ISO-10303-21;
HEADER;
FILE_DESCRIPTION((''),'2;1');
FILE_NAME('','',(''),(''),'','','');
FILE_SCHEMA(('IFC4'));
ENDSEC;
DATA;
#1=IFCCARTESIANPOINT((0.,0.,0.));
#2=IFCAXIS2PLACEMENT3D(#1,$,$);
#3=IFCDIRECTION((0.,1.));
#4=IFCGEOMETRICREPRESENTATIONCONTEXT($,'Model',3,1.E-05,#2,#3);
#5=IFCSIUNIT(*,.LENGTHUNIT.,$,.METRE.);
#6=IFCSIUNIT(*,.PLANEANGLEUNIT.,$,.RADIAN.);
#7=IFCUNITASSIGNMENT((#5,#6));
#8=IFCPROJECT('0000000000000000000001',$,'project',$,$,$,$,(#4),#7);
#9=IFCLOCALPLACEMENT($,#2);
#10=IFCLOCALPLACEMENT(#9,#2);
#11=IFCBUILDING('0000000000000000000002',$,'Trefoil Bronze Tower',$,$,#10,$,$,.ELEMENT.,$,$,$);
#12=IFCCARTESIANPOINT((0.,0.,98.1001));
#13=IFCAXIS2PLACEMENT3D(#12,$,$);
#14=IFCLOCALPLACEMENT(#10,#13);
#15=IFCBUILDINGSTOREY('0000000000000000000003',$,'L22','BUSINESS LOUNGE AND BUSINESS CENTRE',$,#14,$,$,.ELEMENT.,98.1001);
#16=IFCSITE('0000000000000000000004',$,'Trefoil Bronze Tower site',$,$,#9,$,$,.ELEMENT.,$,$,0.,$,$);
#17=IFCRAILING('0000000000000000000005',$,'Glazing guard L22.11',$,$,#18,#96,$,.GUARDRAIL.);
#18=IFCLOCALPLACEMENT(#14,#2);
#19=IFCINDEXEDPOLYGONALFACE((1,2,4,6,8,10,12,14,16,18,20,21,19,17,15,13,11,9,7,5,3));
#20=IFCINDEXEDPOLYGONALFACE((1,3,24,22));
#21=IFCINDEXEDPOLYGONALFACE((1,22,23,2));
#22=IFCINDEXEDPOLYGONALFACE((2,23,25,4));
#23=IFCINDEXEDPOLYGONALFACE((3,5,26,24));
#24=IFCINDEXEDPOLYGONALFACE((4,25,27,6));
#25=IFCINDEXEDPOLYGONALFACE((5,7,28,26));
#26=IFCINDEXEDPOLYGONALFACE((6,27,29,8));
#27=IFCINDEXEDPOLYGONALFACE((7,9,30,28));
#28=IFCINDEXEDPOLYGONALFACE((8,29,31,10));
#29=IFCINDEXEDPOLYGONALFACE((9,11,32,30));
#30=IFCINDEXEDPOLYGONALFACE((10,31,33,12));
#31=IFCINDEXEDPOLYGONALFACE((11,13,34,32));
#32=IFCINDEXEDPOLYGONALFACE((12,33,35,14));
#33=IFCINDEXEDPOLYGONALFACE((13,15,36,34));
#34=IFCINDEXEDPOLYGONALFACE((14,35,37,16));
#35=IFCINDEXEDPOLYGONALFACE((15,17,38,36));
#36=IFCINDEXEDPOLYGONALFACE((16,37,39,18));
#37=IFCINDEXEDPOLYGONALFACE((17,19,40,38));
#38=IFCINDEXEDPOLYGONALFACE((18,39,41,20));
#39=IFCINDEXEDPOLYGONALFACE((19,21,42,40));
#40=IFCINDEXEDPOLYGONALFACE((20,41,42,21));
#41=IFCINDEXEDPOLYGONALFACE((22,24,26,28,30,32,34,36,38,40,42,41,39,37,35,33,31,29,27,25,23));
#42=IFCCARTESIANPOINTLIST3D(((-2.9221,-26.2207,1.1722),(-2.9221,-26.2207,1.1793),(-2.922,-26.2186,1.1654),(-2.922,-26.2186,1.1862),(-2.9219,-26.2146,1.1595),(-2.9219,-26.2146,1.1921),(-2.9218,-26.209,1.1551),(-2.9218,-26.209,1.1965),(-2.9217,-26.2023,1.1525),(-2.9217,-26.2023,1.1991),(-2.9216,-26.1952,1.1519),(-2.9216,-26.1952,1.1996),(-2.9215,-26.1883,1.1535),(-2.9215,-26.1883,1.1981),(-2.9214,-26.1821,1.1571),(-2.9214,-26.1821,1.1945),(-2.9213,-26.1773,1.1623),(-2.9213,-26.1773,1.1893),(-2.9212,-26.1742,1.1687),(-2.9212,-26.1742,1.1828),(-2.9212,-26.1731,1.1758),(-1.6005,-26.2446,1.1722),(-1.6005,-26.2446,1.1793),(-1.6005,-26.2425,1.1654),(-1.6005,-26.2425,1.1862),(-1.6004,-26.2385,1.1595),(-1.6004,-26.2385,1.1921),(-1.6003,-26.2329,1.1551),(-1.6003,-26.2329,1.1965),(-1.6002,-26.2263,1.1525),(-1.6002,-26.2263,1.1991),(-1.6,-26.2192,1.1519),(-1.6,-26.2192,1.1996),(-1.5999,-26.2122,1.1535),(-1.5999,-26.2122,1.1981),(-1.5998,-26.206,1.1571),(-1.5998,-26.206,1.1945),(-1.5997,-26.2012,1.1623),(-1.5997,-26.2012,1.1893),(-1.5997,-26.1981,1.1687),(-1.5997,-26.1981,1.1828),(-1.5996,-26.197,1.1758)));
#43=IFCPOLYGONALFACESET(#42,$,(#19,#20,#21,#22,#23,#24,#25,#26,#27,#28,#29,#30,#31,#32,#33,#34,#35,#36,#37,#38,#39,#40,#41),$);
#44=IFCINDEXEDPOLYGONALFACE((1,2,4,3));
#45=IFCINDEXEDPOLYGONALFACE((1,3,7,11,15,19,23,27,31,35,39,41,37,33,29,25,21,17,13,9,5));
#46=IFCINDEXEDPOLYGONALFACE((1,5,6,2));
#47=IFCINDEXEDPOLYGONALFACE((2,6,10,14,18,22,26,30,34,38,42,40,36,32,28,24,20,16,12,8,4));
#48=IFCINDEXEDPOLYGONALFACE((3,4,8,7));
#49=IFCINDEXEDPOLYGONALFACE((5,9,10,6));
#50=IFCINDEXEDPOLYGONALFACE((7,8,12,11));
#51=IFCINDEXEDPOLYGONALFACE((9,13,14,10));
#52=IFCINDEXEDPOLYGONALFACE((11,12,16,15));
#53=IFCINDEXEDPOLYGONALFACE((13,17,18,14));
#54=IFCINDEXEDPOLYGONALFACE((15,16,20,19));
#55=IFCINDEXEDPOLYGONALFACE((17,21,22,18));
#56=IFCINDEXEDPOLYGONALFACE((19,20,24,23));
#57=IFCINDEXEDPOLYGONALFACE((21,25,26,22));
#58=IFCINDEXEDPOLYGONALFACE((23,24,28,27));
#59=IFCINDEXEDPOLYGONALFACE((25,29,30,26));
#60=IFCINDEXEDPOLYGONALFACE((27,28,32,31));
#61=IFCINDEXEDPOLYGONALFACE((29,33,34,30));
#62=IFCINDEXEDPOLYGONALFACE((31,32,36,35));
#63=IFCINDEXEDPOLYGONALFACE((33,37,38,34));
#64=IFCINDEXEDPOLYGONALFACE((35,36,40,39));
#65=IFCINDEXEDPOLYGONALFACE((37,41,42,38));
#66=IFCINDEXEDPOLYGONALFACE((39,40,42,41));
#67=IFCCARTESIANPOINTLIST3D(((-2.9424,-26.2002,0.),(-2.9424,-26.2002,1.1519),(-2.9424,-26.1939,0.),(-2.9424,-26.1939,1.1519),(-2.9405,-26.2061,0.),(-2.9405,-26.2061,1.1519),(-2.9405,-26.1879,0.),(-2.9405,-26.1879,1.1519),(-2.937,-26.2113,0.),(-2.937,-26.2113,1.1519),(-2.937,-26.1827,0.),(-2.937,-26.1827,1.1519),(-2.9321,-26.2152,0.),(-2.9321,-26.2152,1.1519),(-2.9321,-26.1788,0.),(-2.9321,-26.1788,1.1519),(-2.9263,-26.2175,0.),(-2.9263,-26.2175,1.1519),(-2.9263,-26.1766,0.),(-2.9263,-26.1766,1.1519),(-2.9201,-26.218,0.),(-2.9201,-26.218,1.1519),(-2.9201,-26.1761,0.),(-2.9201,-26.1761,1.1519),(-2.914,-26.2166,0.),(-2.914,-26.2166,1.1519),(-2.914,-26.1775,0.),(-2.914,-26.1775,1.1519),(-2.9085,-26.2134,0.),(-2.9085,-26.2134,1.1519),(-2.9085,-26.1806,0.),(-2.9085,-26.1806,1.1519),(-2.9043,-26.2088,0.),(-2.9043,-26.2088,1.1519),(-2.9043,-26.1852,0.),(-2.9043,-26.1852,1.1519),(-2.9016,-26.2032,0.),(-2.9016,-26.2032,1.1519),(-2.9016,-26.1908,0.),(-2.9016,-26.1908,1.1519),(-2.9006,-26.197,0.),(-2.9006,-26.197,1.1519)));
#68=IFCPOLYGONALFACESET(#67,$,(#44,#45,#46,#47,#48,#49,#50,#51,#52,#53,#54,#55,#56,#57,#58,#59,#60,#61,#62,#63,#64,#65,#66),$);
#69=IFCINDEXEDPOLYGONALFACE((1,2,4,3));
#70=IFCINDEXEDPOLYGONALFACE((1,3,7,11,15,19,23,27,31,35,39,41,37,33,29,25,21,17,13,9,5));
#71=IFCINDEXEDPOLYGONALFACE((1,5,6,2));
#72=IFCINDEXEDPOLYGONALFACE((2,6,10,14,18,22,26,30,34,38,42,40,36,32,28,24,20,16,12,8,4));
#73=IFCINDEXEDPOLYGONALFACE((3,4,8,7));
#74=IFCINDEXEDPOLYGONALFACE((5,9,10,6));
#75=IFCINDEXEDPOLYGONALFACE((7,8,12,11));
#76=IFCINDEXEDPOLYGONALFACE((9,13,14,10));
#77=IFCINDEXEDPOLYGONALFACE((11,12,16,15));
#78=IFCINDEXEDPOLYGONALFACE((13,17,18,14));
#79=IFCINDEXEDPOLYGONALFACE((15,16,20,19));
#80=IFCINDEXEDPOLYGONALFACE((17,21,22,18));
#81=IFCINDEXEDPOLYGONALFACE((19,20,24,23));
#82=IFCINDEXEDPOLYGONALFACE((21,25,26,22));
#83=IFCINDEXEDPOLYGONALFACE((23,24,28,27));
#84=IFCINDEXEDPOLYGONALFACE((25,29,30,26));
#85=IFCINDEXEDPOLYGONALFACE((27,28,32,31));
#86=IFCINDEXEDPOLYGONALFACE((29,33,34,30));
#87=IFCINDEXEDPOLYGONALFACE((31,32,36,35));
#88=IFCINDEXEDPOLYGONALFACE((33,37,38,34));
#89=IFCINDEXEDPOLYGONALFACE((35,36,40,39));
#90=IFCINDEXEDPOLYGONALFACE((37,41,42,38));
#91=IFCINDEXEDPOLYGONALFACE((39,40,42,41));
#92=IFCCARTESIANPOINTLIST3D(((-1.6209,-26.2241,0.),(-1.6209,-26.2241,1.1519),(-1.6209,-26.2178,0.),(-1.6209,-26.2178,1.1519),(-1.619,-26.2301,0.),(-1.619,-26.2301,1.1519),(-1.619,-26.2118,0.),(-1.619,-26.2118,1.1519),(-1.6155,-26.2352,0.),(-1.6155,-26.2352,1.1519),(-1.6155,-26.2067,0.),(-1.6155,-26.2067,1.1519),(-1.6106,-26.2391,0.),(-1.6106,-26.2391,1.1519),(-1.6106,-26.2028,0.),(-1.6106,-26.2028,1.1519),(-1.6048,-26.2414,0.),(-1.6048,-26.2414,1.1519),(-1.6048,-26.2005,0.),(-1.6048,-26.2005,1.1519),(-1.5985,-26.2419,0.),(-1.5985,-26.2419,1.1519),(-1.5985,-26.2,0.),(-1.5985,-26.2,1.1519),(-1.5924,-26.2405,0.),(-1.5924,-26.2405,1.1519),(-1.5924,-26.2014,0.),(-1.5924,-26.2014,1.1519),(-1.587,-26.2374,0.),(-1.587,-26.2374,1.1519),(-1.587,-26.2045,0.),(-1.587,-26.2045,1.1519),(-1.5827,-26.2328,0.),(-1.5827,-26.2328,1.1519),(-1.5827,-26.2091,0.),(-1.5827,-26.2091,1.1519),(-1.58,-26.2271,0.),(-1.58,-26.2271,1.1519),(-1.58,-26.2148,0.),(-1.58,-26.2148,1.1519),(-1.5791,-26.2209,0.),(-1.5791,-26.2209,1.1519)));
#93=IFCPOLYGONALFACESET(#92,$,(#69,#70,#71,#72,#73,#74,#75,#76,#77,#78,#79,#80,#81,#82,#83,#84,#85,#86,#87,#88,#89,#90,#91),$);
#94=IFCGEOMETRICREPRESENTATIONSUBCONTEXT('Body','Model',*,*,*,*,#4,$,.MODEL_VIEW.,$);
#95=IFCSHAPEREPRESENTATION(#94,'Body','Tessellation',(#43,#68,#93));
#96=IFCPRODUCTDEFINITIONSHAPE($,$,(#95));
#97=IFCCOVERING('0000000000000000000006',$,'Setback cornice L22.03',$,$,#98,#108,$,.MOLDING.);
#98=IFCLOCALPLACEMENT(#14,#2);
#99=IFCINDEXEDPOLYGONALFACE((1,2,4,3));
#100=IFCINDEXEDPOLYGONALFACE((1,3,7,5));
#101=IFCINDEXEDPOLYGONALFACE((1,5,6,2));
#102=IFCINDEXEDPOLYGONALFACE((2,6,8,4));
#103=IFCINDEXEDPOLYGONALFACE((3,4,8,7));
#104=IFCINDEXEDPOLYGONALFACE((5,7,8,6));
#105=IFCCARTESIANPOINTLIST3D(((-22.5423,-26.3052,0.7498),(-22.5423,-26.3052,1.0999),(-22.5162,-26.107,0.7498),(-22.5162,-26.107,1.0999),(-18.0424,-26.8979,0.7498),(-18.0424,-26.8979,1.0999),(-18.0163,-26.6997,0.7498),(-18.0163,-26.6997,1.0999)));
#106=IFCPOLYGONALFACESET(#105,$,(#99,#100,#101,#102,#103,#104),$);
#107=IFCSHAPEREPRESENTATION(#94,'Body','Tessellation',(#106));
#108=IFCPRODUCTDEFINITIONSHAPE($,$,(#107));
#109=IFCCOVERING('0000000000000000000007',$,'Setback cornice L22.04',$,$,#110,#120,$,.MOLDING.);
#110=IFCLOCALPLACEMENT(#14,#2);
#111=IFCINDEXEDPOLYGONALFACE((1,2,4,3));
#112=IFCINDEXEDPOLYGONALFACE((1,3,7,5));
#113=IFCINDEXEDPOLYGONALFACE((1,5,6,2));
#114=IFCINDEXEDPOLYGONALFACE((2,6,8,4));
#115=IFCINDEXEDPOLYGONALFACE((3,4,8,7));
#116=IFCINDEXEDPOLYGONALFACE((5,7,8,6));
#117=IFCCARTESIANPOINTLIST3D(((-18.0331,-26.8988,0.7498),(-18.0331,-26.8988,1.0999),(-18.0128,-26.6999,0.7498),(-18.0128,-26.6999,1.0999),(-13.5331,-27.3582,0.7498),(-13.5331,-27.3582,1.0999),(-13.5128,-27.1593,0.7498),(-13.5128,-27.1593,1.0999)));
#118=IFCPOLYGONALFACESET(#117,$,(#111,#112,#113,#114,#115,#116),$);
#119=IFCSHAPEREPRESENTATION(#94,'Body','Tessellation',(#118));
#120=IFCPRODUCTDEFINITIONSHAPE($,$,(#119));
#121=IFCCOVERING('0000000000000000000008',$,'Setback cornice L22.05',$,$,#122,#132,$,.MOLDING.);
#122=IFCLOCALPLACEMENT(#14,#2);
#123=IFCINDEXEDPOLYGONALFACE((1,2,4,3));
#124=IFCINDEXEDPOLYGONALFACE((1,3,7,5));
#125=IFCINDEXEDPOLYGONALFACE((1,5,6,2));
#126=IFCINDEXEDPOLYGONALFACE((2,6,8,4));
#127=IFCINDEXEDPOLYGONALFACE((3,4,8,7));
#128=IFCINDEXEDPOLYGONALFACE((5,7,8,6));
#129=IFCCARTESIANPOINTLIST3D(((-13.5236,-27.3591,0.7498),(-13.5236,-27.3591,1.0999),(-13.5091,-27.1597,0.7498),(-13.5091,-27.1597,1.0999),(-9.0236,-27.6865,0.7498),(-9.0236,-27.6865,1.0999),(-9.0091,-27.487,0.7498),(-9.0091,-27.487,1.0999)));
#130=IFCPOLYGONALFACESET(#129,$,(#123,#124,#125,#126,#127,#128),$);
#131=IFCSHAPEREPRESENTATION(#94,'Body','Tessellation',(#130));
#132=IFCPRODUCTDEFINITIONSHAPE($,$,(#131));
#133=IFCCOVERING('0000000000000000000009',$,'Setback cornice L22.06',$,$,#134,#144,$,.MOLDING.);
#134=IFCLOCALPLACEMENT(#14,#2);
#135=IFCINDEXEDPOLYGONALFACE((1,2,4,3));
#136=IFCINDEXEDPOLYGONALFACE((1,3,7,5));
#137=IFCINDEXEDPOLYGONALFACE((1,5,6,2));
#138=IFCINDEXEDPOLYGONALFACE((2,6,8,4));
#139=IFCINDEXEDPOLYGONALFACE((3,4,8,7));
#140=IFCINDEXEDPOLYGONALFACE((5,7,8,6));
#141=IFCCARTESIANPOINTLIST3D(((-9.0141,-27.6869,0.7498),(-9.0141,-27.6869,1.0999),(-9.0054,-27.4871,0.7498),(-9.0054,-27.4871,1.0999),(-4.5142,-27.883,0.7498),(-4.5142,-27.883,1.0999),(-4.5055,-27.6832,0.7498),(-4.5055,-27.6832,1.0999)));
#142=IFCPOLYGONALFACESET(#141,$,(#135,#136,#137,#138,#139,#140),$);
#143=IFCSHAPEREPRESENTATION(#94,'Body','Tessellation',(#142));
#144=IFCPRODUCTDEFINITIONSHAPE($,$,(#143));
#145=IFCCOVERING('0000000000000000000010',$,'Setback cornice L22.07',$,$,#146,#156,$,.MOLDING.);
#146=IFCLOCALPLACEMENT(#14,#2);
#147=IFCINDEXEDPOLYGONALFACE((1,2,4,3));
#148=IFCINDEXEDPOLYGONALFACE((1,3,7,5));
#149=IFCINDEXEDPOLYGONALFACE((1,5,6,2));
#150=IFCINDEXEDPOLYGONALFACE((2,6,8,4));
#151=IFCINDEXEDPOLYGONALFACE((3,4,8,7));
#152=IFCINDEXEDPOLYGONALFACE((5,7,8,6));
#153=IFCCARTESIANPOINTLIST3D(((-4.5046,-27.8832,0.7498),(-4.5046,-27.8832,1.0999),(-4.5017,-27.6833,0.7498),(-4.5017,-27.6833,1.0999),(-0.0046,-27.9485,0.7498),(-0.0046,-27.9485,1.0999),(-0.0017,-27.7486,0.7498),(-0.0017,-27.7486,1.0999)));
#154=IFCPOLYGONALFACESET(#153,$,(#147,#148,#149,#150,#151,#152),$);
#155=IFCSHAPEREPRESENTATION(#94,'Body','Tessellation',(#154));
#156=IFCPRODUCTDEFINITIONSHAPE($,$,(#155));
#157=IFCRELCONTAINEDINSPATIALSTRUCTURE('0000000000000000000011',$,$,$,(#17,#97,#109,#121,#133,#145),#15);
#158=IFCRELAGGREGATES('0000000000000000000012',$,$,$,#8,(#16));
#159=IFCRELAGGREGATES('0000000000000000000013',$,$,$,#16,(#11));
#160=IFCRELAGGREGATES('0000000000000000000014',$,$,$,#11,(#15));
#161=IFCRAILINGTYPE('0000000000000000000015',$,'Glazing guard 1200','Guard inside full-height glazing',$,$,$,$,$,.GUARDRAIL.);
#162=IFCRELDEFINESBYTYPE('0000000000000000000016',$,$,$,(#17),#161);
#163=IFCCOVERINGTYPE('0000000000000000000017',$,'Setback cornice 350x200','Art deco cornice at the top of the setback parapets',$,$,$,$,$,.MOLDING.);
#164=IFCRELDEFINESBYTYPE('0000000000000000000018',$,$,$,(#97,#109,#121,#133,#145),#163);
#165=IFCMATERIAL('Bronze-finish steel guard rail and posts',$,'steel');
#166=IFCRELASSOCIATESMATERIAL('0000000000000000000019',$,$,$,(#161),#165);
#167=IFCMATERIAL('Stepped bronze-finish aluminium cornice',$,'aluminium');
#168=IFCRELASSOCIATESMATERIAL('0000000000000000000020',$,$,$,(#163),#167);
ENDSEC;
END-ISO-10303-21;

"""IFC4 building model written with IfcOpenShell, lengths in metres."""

from ifc_helpers import new_model, si_unit, direction, frame, origin, origin_2d, place, context, subcontext, project, spatial, rectangle, circle, extrude, material, type_object, element, save


model = new_model("IFC4")

# Units and contexts
model_context = context("Model", 3, precision=1e-05, world=origin(), true_north=direction((0.0, 1.0)))
body_context = subcontext(model_context, "Body", "Model", "MODEL_VIEW")
ifc_project = project(units=[si_unit("LENGTHUNIT", "METRE"), si_unit("PLANEANGLEUNIT", "RADIAN")], contexts=[model_context])

# Site, building, storey
site_placement = place(None, origin())
site = spatial("IfcSite", under=ifc_project, at=site_placement, Name="Trefoil Bronze Tower site", CompositionType="ELEMENT", RefElevation=0.0)
building_placement = place(site_placement, origin())
building = spatial("IfcBuilding", under=site, at=building_placement, Name="Trefoil Bronze Tower", CompositionType="ELEMENT")
storey_placement = place(building_placement, frame((0.0, 0.0, 98.1001)))
storey = spatial("IfcBuildingStorey", under=building, at=storey_placement, Name="L22", Description="BUSINESS LOUNGE AND BUSINESS CENTRE", CompositionType="ELEMENT", Elevation=98.1001)

# Railing
ifc_material_1 = material(Name="Bronze-finish steel guard rail and posts", Category="steel")
railing_type = type_object("IfcRailingType", Name="Glazing guard 1200", Description="Guard inside full-height glazing", PredefinedType="GUARDRAIL", material=ifc_material_1)
railing_1_placement = place(storey_placement, frame((-2.9216, -26.197, 0.0)))
element("IfcRailing", 1, at=railing_1_placement, inside=storey, type_object=railing_type, Name="Glazing guard L22.11", PredefinedType="GUARDRAIL", context=body_context, shape_type="SweptSolid", body=[
    extrude(circle(Radius=0.0239, at=origin_2d()), frame((0.0, 0.0, 1.1758), z_axis=(0.999836, -0.018102, 0.0), x_axis=(0.018102, 0.999836, 0.0)), (0.0, 0.0, 1.0), 1.3218),
    extrude(circle(Radius=0.021, at=origin_2d()), origin(), (0.0, 0.0, 1.0), 1.1519),
    extrude(circle(Radius=0.021, at=origin_2d()), frame((1.3215, -0.0239, 0.0)), (0.0, 0.0, 1.0), 1.1519),
])

# Coverings
ifc_material_2 = material(Name="Stepped bronze-finish aluminium cornice", Category="aluminium")
covering_type = type_object("IfcCoveringType", Name="Setback cornice 350x200", Description="Art deco cornice at the top of the setback parapets", PredefinedType="MOLDING", material=ifc_material_2)
covering_1_placement = place(storey_placement, frame((-20.2793, -26.5024, 0.7498), z_axis=(0.0, 0.0, 1.0), x_axis=(0.991437, -0.130584, 0.0)))
element("IfcCovering", 2, at=covering_1_placement, inside=storey, type_object=covering_type, Name="Setback cornice L22.03", PredefinedType="MOLDING", context=body_context, shape_type="SweptSolid", body=[
    extrude(rectangle(XDim=4.5388, YDim=0.2, at=origin_2d()), origin(), (0.0, 0.0, 1.0), 0.3501),
])
covering_2_placement = place(storey_placement, frame((-15.7729, -27.0291, 0.7498), z_axis=(0.0, 0.0, 1.0), x_axis=(0.994829, -0.101565, 0.0)))
element("IfcCovering", 3, at=covering_2_placement, inside=storey, type_object=covering_type, Name="Setback cornice L22.04", PredefinedType="MOLDING", context=body_context, shape_type="SweptSolid", body=[
    extrude(rectangle(XDim=4.5234, YDim=0.2, at=origin_2d()), origin(), (0.0, 0.0, 1.0), 0.3501),
])
covering_3_placement = place(storey_placement, frame((-11.2664, -27.4231, 0.7498), z_axis=(0.0, 0.0, 1.0), x_axis=(0.997365, -0.072547, 0.0)))
element("IfcCovering", 4, at=covering_3_placement, inside=storey, type_object=covering_type, Name="Setback cornice L22.05", PredefinedType="MOLDING", context=body_context, shape_type="SweptSolid", body=[
    extrude(rectangle(XDim=4.512, YDim=0.2, at=origin_2d()), origin(), (0.0, 0.0, 1.0), 0.3501),
])
covering_4_placement = place(storey_placement, frame((-6.7598, -27.6851, 0.7498), z_axis=(0.0, 0.0, 1.0), x_axis=(0.999052, -0.043528, 0.0)))
element("IfcCovering", 5, at=covering_4_placement, inside=storey, type_object=covering_type, Name="Setback cornice L22.06", PredefinedType="MOLDING", context=body_context, shape_type="SweptSolid", body=[
    extrude(rectangle(XDim=4.5042, YDim=0.2, at=origin_2d()), origin(), (0.0, 0.0, 1.0), 0.3501),
])
covering_5_placement = place(storey_placement, frame((-2.2532, -27.8159, 0.7498), z_axis=(0.0, 0.0, 1.0), x_axis=(0.999895, -0.014509, 0.0)))
element("IfcCovering", 6, at=covering_5_placement, inside=storey, type_object=covering_type, Name="Setback cornice L22.07", PredefinedType="MOLDING", context=body_context, shape_type="SweptSolid", body=[
    extrude(rectangle(XDim=4.5005, YDim=0.2, at=origin_2d()), origin(), (0.0, 0.0, 1.0), 0.3501),
])

save(model, "model.ifc")
